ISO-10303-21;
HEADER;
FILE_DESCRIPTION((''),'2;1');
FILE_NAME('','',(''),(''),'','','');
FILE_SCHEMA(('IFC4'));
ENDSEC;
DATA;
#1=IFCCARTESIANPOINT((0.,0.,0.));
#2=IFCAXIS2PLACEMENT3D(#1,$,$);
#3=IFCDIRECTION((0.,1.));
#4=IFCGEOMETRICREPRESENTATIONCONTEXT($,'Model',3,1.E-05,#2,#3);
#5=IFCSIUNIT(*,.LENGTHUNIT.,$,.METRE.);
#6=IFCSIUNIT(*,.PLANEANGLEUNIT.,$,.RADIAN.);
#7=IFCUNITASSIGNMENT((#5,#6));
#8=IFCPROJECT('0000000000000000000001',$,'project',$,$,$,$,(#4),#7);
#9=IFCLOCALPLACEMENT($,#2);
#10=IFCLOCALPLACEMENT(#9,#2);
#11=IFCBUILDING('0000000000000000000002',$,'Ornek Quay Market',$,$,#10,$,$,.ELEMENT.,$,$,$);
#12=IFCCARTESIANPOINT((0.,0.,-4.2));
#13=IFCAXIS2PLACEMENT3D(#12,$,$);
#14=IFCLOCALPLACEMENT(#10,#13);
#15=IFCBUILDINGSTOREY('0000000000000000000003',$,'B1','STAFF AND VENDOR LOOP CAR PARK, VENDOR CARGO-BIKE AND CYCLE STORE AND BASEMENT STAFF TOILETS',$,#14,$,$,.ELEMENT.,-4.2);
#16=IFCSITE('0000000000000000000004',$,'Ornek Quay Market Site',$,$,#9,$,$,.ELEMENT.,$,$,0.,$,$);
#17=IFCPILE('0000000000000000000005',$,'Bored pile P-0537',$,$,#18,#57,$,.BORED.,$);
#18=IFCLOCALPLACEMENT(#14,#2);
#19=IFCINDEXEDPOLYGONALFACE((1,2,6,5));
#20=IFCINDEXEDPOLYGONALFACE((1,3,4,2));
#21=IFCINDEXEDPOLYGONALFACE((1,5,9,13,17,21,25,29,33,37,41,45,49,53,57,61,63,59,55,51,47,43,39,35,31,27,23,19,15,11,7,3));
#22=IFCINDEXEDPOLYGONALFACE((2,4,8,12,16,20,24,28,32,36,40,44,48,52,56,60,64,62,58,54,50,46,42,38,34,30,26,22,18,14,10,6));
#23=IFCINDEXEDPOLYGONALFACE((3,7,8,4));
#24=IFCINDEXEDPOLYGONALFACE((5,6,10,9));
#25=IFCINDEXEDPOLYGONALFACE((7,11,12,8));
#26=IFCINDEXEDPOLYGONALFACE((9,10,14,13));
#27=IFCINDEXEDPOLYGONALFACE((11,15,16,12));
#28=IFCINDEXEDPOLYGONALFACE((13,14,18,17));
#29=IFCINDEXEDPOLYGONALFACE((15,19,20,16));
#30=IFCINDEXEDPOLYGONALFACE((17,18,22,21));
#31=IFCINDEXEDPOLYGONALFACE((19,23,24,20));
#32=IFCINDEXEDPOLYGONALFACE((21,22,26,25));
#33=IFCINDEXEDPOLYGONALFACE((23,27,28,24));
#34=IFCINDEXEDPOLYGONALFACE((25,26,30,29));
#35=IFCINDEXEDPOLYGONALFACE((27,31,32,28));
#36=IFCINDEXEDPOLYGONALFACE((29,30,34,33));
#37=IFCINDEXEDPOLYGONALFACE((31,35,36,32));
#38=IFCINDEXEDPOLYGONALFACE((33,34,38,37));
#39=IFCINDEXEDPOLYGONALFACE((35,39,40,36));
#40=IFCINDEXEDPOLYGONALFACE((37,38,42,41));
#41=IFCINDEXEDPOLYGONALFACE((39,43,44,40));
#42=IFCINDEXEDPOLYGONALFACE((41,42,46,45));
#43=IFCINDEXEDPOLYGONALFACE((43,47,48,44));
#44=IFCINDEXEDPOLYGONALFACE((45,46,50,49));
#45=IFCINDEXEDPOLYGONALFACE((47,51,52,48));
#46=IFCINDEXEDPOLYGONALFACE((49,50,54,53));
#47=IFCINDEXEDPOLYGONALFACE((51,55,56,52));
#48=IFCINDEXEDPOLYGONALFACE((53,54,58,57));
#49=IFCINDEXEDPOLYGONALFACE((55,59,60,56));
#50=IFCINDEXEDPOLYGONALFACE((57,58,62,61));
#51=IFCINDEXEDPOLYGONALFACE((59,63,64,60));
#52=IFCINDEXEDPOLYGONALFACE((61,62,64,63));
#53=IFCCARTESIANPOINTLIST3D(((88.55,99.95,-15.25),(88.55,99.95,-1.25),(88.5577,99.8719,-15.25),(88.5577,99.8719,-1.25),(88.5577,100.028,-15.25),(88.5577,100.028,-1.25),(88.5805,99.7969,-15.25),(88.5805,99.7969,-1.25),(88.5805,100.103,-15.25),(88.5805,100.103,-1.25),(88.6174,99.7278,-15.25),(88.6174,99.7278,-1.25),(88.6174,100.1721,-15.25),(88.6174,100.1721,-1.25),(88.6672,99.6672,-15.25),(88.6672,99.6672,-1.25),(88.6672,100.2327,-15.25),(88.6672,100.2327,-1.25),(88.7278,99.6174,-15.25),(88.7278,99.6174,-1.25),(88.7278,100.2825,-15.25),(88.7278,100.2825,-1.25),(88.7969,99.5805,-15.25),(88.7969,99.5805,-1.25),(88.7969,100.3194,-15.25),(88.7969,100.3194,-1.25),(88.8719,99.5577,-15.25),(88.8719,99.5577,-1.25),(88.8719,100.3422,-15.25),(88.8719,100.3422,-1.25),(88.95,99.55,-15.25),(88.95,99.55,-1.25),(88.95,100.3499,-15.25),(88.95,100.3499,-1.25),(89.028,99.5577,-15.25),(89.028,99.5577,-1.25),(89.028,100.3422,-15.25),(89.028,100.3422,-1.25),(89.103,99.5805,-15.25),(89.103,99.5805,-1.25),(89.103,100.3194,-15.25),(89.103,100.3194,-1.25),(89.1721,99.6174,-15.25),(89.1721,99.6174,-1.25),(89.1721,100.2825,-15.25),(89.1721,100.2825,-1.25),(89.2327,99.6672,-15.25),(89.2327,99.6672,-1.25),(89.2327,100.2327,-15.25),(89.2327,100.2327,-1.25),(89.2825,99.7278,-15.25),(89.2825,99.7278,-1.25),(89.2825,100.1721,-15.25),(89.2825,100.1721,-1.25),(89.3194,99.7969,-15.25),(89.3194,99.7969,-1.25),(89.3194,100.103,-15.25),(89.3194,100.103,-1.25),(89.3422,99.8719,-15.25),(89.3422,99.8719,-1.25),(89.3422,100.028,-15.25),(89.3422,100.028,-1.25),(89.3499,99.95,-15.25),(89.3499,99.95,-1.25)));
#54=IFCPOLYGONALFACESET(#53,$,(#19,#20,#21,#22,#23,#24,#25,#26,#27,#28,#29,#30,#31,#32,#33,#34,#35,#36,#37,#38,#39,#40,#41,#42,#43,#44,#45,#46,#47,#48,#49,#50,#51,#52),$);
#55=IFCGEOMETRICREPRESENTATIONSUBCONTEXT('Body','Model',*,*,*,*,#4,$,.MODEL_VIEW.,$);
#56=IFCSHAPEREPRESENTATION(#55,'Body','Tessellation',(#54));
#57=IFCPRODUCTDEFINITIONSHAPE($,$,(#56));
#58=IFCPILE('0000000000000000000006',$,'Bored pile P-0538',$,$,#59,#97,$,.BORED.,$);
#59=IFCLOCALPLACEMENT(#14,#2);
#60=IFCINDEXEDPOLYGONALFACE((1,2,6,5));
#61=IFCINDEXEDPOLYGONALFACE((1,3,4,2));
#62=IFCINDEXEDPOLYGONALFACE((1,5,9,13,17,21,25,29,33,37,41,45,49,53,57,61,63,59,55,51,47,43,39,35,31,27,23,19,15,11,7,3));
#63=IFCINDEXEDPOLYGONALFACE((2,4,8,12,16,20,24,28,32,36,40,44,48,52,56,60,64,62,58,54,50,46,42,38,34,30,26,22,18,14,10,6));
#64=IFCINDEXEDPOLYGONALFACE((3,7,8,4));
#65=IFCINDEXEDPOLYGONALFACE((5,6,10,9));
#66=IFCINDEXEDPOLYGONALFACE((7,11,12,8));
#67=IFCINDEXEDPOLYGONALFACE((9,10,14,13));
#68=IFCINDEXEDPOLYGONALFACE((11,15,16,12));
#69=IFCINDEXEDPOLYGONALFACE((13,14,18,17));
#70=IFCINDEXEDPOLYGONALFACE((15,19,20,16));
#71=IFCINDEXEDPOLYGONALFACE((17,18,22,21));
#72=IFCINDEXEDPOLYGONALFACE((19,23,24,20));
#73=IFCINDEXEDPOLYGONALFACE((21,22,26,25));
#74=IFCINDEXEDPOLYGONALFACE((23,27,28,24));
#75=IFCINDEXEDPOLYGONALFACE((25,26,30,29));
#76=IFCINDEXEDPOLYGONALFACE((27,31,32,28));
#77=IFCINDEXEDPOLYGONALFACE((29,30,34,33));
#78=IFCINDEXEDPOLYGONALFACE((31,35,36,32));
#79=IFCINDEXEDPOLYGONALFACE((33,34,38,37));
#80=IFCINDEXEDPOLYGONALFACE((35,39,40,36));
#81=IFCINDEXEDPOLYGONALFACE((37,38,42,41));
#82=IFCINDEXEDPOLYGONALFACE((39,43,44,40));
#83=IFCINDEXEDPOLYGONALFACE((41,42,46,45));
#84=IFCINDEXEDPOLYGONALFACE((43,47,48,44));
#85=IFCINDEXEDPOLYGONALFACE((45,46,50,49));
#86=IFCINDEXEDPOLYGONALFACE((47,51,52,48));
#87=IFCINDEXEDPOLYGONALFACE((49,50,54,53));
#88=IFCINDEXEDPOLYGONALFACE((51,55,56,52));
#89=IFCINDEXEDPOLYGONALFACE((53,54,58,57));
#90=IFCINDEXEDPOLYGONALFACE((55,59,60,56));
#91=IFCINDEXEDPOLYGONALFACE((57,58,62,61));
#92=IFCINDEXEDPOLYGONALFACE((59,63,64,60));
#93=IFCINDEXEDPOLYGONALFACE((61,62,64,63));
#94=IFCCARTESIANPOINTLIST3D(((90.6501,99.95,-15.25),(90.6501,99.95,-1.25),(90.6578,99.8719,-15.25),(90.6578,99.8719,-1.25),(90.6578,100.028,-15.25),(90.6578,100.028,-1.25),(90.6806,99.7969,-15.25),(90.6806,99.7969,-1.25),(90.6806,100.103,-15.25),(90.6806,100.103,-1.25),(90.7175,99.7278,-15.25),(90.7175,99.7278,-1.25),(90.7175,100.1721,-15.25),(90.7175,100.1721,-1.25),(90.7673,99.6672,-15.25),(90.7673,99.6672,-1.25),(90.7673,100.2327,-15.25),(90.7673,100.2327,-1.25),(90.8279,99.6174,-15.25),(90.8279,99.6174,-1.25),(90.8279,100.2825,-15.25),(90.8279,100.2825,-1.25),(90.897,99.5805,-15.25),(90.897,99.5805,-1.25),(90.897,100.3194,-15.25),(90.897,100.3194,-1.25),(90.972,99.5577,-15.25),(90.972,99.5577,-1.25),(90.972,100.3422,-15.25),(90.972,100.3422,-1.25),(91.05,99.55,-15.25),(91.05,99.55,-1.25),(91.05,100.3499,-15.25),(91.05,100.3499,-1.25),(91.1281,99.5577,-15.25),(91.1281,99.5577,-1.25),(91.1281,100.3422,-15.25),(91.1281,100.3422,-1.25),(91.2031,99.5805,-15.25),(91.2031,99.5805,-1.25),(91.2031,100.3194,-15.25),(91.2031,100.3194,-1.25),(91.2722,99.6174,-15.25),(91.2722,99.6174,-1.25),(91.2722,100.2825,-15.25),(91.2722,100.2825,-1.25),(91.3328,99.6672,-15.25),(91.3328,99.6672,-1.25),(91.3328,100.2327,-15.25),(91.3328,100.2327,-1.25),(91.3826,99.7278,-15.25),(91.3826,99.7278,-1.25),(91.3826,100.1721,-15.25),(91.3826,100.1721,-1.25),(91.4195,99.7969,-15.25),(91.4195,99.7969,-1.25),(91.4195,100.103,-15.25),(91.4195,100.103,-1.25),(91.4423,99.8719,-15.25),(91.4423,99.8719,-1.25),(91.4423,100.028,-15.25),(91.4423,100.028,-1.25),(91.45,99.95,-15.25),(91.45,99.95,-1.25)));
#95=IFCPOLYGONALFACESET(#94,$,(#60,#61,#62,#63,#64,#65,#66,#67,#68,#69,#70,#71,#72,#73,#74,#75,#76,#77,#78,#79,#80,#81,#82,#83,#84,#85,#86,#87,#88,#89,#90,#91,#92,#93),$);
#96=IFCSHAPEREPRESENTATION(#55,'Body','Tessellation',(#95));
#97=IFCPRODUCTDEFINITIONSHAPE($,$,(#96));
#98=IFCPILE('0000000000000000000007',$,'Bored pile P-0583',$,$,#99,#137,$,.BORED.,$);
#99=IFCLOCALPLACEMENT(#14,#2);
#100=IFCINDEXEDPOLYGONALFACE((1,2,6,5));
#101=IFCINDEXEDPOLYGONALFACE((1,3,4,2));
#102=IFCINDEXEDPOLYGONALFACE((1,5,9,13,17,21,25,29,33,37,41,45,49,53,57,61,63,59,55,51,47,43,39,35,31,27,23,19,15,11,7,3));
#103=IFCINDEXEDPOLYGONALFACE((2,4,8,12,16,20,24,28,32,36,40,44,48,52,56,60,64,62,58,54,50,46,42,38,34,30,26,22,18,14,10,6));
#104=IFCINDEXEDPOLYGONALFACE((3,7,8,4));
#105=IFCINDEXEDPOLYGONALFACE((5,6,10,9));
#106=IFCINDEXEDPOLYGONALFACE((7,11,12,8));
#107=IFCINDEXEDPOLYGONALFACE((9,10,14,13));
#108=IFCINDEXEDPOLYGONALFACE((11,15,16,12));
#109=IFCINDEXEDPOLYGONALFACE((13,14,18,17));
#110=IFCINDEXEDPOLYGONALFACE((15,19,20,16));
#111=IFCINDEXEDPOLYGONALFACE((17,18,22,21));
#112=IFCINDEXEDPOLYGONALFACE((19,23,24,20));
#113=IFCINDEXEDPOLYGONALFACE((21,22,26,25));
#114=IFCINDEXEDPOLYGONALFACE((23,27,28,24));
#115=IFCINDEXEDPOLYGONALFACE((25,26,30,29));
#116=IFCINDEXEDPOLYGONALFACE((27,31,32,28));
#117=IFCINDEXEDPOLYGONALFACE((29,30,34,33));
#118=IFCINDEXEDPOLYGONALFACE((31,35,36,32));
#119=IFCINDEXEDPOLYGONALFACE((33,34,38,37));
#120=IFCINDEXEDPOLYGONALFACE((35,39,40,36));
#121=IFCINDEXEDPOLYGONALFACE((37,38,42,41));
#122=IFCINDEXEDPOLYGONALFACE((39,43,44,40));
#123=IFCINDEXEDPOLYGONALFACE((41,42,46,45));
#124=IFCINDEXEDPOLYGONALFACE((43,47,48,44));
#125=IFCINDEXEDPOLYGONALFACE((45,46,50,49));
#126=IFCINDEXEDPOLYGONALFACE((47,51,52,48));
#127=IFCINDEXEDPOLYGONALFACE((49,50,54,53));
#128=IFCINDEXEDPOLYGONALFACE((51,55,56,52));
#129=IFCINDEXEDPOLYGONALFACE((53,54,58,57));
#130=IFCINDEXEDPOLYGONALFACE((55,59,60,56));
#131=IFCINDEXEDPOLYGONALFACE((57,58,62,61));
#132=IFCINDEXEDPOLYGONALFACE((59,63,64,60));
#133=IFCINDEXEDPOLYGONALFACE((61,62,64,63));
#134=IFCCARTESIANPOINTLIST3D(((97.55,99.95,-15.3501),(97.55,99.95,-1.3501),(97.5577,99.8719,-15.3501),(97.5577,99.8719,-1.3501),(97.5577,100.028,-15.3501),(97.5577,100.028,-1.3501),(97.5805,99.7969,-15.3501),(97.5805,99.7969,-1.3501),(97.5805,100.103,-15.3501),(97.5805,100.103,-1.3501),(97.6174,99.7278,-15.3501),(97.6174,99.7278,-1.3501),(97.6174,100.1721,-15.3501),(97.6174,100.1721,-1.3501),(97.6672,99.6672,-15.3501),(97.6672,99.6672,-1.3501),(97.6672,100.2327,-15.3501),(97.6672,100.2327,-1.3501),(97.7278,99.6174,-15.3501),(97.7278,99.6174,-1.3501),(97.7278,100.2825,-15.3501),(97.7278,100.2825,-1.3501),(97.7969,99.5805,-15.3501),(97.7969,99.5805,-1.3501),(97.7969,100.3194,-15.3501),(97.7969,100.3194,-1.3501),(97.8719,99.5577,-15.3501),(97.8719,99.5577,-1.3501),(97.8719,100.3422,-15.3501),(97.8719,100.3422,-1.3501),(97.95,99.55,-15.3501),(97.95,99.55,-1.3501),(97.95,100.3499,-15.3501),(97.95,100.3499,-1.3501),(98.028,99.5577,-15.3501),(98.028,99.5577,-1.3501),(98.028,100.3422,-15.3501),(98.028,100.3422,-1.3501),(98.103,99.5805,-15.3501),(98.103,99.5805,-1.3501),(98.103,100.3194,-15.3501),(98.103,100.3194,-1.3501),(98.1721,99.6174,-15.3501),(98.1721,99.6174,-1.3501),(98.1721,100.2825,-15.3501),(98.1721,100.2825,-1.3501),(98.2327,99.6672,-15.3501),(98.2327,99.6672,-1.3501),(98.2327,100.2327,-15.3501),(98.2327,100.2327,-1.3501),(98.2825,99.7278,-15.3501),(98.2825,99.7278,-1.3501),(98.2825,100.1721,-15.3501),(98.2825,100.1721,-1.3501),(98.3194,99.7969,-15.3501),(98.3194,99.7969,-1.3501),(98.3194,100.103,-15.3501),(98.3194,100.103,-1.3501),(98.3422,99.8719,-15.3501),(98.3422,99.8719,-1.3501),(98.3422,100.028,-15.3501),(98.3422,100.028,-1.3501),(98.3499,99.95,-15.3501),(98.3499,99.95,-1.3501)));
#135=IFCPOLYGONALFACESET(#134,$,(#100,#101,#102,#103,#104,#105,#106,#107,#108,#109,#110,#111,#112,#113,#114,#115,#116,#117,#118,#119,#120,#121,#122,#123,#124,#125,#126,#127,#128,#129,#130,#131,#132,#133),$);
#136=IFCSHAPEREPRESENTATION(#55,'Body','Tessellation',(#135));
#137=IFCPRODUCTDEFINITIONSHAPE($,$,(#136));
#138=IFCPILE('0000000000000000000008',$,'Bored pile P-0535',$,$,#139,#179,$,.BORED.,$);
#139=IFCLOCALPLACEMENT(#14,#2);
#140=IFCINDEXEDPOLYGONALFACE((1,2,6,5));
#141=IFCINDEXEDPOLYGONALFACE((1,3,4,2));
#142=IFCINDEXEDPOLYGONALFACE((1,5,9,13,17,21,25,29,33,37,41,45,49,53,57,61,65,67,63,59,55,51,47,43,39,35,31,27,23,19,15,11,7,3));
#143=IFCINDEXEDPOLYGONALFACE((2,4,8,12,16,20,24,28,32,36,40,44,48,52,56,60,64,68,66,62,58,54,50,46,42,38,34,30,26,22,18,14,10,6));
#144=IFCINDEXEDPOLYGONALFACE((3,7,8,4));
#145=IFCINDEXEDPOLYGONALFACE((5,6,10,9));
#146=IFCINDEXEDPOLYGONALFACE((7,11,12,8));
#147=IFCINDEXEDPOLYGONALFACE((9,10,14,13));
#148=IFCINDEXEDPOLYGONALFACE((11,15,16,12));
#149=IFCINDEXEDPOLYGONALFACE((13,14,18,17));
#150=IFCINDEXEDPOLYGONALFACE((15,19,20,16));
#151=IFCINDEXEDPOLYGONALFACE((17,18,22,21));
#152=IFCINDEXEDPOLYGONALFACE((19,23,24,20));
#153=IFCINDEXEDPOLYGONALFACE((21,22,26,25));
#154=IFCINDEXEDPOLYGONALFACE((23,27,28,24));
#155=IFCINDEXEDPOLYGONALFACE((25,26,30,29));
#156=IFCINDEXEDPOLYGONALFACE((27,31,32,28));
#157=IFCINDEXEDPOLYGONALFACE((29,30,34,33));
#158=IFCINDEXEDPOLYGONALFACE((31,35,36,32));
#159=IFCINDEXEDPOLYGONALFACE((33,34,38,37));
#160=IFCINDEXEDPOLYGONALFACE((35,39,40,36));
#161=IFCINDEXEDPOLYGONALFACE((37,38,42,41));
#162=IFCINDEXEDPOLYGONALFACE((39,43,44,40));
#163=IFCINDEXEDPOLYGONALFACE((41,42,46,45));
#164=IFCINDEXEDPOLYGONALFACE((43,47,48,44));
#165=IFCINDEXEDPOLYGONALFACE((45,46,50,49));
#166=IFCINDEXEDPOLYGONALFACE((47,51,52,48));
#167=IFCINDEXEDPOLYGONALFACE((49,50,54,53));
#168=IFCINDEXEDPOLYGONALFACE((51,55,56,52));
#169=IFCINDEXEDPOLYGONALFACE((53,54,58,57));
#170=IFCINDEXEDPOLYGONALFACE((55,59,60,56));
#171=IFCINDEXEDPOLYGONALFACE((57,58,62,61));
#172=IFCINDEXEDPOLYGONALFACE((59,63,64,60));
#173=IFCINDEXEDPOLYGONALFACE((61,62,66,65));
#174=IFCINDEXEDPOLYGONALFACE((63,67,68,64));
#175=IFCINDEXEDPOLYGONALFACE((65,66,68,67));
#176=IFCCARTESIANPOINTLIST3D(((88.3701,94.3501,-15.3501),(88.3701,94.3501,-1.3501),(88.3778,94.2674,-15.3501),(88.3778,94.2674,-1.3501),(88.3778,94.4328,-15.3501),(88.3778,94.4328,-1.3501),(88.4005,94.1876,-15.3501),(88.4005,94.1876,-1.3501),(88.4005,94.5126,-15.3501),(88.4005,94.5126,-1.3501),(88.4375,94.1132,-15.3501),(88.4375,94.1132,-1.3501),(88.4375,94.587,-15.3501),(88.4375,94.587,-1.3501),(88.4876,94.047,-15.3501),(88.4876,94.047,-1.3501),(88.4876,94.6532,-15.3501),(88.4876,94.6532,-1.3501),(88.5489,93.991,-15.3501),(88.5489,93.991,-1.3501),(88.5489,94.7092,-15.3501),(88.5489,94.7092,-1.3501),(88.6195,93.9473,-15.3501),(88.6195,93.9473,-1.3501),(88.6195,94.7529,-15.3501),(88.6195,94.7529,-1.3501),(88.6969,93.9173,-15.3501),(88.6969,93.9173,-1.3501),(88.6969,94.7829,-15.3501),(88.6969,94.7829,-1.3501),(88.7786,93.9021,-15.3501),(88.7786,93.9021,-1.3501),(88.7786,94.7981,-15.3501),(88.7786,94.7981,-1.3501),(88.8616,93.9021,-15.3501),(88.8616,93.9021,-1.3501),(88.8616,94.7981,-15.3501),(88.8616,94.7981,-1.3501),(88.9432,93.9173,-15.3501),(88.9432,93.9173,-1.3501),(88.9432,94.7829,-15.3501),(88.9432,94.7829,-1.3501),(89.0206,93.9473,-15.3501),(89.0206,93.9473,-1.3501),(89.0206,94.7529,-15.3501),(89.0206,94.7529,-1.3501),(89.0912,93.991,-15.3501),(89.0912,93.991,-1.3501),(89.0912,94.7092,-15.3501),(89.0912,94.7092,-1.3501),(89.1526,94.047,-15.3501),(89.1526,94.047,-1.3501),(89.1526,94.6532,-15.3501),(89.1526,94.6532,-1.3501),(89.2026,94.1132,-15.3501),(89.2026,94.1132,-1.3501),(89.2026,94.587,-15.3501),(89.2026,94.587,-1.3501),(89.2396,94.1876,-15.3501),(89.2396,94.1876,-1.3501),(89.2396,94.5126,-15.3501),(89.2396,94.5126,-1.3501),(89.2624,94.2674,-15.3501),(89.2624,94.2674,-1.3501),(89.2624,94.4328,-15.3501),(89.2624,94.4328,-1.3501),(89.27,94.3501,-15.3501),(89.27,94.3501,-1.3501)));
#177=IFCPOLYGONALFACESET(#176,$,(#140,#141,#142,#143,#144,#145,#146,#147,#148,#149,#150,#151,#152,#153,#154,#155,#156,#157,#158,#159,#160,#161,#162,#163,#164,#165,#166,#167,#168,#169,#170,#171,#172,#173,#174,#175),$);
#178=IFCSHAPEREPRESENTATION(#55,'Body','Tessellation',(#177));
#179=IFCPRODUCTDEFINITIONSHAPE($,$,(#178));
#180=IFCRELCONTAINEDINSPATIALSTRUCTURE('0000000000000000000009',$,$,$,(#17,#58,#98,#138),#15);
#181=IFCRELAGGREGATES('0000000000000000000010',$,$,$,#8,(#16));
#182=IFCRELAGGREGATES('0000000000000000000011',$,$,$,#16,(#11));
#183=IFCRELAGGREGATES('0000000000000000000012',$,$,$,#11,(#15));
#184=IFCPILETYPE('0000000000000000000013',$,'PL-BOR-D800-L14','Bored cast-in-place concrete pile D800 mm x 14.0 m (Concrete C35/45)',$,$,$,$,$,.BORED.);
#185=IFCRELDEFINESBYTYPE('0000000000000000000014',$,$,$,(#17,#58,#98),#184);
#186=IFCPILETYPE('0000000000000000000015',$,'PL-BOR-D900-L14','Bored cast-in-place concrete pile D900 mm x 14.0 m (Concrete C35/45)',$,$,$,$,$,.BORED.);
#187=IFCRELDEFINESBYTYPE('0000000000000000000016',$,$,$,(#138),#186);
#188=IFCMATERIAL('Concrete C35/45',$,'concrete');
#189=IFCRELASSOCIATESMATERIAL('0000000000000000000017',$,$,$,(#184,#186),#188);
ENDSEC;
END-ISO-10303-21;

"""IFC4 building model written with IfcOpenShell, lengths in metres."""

from ifc_helpers import new_model, si_unit, direction, frame, origin, origin_2d, place, context, subcontext, project, spatial, circle, extrude, material, material_profile, profile_set, type_object, element, save


model = new_model("IFC4")

# Units and contexts
model_context = context("Model", 3, precision=1e-05, world=origin(), true_north=direction((0.0, 1.0)))
body_context = subcontext(model_context, "Body", "Model", "MODEL_VIEW")
ifc_project = project(units=[si_unit("LENGTHUNIT", "METRE"), si_unit("PLANEANGLEUNIT", "RADIAN")], contexts=[model_context])

# Site, building, storey
site_placement = place(None, origin())
site = spatial("IfcSite", under=ifc_project, at=site_placement, Name="Ornek Quay Market Site", CompositionType="ELEMENT", RefElevation=0.0)
building_placement = place(site_placement, origin())
building = spatial("IfcBuilding", under=site, at=building_placement, Name="Ornek Quay Market", CompositionType="ELEMENT")
storey_placement = place(building_placement, frame((0.0, 0.0, -4.2)))
storey = spatial("IfcBuildingStorey", under=building, at=storey_placement, Name="B1", Description="STAFF AND VENDOR LOOP CAR PARK, VENDOR CARGO-BIKE AND CYCLE STORE AND BASEMENT STAFF TOILETS", CompositionType="ELEMENT", Elevation=-4.2)

# Piles
ifc_material_1 = material(Name="Concrete C35/45", Category="concrete")
ifc_material_profile_1 = material_profile(ifc_material_1, circle(Radius=0.3999, at=origin_2d()), Name="PILE D800", Category="concrete")
ifc_profile_set_1 = profile_set([ifc_material_profile_1], Name="Concrete C35/45")
pile_type_1 = type_object("IfcPileType", Name="PL-BOR-D800-L14", Description="Bored cast-in-place concrete pile D800 mm x 14.0 m (Concrete C35/45)", PredefinedType="BORED", material=ifc_profile_set_1)
for number, where, z_axis, x_axis, name in (
    (1, (88.95, 99.95, -1.25), (0.0, 0.0, -1.0), (1.0, 0.0, 0.0), "Bored pile P-0537"),
    (2, (91.05, 99.95, -1.25), (0.0, 0.0, -1.0), (1.0, 0.0, 0.0), "Bored pile P-0538"),
    (3, (97.95, 99.95, -1.3501), (0.0, 0.0, -1.0), (1.0, 0.0, 0.0), "Bored pile P-0583"),
):
    element("IfcPile", number, at=place(storey_placement, frame(where, z_axis=z_axis, x_axis=x_axis)), inside=storey, type_object=pile_type_1, Name=name, PredefinedType="BORED", context=body_context, shape_type="SweptSolid", body=[
        extrude(circle(Radius=0.3999, at=origin_2d()), origin(), (0.0, 0.0, 1.0), 14.0),
    ])
ifc_material_profile_2 = material_profile(ifc_material_1, circle(Radius=0.45, at=origin_2d()), Name="PILE D900", Category="concrete")
ifc_profile_set_2 = profile_set([ifc_material_profile_2], Name="Concrete C35/45")
pile_type_2 = type_object("IfcPileType", Name="PL-BOR-D900-L14", Description="Bored cast-in-place concrete pile D900 mm x 14.0 m (Concrete C35/45)", PredefinedType="BORED", material=ifc_profile_set_2)
for number, where, z_axis, x_axis, name in (
    (4, (88.8201, 94.3501, -1.3501), (0.0, 0.0, -1.0), (1.0, 0.0, 0.0), "Bored pile P-0535"),
):
    element("IfcPile", number, at=place(storey_placement, frame(where, z_axis=z_axis, x_axis=x_axis)), inside=storey, type_object=pile_type_2, Name=name, PredefinedType="BORED", context=body_context, shape_type="SweptSolid", body=[
        extrude(circle(Radius=0.45, at=origin_2d()), origin(), (0.0, 0.0, 1.0), 14.0),
    ])

save(model, "model.ifc")
